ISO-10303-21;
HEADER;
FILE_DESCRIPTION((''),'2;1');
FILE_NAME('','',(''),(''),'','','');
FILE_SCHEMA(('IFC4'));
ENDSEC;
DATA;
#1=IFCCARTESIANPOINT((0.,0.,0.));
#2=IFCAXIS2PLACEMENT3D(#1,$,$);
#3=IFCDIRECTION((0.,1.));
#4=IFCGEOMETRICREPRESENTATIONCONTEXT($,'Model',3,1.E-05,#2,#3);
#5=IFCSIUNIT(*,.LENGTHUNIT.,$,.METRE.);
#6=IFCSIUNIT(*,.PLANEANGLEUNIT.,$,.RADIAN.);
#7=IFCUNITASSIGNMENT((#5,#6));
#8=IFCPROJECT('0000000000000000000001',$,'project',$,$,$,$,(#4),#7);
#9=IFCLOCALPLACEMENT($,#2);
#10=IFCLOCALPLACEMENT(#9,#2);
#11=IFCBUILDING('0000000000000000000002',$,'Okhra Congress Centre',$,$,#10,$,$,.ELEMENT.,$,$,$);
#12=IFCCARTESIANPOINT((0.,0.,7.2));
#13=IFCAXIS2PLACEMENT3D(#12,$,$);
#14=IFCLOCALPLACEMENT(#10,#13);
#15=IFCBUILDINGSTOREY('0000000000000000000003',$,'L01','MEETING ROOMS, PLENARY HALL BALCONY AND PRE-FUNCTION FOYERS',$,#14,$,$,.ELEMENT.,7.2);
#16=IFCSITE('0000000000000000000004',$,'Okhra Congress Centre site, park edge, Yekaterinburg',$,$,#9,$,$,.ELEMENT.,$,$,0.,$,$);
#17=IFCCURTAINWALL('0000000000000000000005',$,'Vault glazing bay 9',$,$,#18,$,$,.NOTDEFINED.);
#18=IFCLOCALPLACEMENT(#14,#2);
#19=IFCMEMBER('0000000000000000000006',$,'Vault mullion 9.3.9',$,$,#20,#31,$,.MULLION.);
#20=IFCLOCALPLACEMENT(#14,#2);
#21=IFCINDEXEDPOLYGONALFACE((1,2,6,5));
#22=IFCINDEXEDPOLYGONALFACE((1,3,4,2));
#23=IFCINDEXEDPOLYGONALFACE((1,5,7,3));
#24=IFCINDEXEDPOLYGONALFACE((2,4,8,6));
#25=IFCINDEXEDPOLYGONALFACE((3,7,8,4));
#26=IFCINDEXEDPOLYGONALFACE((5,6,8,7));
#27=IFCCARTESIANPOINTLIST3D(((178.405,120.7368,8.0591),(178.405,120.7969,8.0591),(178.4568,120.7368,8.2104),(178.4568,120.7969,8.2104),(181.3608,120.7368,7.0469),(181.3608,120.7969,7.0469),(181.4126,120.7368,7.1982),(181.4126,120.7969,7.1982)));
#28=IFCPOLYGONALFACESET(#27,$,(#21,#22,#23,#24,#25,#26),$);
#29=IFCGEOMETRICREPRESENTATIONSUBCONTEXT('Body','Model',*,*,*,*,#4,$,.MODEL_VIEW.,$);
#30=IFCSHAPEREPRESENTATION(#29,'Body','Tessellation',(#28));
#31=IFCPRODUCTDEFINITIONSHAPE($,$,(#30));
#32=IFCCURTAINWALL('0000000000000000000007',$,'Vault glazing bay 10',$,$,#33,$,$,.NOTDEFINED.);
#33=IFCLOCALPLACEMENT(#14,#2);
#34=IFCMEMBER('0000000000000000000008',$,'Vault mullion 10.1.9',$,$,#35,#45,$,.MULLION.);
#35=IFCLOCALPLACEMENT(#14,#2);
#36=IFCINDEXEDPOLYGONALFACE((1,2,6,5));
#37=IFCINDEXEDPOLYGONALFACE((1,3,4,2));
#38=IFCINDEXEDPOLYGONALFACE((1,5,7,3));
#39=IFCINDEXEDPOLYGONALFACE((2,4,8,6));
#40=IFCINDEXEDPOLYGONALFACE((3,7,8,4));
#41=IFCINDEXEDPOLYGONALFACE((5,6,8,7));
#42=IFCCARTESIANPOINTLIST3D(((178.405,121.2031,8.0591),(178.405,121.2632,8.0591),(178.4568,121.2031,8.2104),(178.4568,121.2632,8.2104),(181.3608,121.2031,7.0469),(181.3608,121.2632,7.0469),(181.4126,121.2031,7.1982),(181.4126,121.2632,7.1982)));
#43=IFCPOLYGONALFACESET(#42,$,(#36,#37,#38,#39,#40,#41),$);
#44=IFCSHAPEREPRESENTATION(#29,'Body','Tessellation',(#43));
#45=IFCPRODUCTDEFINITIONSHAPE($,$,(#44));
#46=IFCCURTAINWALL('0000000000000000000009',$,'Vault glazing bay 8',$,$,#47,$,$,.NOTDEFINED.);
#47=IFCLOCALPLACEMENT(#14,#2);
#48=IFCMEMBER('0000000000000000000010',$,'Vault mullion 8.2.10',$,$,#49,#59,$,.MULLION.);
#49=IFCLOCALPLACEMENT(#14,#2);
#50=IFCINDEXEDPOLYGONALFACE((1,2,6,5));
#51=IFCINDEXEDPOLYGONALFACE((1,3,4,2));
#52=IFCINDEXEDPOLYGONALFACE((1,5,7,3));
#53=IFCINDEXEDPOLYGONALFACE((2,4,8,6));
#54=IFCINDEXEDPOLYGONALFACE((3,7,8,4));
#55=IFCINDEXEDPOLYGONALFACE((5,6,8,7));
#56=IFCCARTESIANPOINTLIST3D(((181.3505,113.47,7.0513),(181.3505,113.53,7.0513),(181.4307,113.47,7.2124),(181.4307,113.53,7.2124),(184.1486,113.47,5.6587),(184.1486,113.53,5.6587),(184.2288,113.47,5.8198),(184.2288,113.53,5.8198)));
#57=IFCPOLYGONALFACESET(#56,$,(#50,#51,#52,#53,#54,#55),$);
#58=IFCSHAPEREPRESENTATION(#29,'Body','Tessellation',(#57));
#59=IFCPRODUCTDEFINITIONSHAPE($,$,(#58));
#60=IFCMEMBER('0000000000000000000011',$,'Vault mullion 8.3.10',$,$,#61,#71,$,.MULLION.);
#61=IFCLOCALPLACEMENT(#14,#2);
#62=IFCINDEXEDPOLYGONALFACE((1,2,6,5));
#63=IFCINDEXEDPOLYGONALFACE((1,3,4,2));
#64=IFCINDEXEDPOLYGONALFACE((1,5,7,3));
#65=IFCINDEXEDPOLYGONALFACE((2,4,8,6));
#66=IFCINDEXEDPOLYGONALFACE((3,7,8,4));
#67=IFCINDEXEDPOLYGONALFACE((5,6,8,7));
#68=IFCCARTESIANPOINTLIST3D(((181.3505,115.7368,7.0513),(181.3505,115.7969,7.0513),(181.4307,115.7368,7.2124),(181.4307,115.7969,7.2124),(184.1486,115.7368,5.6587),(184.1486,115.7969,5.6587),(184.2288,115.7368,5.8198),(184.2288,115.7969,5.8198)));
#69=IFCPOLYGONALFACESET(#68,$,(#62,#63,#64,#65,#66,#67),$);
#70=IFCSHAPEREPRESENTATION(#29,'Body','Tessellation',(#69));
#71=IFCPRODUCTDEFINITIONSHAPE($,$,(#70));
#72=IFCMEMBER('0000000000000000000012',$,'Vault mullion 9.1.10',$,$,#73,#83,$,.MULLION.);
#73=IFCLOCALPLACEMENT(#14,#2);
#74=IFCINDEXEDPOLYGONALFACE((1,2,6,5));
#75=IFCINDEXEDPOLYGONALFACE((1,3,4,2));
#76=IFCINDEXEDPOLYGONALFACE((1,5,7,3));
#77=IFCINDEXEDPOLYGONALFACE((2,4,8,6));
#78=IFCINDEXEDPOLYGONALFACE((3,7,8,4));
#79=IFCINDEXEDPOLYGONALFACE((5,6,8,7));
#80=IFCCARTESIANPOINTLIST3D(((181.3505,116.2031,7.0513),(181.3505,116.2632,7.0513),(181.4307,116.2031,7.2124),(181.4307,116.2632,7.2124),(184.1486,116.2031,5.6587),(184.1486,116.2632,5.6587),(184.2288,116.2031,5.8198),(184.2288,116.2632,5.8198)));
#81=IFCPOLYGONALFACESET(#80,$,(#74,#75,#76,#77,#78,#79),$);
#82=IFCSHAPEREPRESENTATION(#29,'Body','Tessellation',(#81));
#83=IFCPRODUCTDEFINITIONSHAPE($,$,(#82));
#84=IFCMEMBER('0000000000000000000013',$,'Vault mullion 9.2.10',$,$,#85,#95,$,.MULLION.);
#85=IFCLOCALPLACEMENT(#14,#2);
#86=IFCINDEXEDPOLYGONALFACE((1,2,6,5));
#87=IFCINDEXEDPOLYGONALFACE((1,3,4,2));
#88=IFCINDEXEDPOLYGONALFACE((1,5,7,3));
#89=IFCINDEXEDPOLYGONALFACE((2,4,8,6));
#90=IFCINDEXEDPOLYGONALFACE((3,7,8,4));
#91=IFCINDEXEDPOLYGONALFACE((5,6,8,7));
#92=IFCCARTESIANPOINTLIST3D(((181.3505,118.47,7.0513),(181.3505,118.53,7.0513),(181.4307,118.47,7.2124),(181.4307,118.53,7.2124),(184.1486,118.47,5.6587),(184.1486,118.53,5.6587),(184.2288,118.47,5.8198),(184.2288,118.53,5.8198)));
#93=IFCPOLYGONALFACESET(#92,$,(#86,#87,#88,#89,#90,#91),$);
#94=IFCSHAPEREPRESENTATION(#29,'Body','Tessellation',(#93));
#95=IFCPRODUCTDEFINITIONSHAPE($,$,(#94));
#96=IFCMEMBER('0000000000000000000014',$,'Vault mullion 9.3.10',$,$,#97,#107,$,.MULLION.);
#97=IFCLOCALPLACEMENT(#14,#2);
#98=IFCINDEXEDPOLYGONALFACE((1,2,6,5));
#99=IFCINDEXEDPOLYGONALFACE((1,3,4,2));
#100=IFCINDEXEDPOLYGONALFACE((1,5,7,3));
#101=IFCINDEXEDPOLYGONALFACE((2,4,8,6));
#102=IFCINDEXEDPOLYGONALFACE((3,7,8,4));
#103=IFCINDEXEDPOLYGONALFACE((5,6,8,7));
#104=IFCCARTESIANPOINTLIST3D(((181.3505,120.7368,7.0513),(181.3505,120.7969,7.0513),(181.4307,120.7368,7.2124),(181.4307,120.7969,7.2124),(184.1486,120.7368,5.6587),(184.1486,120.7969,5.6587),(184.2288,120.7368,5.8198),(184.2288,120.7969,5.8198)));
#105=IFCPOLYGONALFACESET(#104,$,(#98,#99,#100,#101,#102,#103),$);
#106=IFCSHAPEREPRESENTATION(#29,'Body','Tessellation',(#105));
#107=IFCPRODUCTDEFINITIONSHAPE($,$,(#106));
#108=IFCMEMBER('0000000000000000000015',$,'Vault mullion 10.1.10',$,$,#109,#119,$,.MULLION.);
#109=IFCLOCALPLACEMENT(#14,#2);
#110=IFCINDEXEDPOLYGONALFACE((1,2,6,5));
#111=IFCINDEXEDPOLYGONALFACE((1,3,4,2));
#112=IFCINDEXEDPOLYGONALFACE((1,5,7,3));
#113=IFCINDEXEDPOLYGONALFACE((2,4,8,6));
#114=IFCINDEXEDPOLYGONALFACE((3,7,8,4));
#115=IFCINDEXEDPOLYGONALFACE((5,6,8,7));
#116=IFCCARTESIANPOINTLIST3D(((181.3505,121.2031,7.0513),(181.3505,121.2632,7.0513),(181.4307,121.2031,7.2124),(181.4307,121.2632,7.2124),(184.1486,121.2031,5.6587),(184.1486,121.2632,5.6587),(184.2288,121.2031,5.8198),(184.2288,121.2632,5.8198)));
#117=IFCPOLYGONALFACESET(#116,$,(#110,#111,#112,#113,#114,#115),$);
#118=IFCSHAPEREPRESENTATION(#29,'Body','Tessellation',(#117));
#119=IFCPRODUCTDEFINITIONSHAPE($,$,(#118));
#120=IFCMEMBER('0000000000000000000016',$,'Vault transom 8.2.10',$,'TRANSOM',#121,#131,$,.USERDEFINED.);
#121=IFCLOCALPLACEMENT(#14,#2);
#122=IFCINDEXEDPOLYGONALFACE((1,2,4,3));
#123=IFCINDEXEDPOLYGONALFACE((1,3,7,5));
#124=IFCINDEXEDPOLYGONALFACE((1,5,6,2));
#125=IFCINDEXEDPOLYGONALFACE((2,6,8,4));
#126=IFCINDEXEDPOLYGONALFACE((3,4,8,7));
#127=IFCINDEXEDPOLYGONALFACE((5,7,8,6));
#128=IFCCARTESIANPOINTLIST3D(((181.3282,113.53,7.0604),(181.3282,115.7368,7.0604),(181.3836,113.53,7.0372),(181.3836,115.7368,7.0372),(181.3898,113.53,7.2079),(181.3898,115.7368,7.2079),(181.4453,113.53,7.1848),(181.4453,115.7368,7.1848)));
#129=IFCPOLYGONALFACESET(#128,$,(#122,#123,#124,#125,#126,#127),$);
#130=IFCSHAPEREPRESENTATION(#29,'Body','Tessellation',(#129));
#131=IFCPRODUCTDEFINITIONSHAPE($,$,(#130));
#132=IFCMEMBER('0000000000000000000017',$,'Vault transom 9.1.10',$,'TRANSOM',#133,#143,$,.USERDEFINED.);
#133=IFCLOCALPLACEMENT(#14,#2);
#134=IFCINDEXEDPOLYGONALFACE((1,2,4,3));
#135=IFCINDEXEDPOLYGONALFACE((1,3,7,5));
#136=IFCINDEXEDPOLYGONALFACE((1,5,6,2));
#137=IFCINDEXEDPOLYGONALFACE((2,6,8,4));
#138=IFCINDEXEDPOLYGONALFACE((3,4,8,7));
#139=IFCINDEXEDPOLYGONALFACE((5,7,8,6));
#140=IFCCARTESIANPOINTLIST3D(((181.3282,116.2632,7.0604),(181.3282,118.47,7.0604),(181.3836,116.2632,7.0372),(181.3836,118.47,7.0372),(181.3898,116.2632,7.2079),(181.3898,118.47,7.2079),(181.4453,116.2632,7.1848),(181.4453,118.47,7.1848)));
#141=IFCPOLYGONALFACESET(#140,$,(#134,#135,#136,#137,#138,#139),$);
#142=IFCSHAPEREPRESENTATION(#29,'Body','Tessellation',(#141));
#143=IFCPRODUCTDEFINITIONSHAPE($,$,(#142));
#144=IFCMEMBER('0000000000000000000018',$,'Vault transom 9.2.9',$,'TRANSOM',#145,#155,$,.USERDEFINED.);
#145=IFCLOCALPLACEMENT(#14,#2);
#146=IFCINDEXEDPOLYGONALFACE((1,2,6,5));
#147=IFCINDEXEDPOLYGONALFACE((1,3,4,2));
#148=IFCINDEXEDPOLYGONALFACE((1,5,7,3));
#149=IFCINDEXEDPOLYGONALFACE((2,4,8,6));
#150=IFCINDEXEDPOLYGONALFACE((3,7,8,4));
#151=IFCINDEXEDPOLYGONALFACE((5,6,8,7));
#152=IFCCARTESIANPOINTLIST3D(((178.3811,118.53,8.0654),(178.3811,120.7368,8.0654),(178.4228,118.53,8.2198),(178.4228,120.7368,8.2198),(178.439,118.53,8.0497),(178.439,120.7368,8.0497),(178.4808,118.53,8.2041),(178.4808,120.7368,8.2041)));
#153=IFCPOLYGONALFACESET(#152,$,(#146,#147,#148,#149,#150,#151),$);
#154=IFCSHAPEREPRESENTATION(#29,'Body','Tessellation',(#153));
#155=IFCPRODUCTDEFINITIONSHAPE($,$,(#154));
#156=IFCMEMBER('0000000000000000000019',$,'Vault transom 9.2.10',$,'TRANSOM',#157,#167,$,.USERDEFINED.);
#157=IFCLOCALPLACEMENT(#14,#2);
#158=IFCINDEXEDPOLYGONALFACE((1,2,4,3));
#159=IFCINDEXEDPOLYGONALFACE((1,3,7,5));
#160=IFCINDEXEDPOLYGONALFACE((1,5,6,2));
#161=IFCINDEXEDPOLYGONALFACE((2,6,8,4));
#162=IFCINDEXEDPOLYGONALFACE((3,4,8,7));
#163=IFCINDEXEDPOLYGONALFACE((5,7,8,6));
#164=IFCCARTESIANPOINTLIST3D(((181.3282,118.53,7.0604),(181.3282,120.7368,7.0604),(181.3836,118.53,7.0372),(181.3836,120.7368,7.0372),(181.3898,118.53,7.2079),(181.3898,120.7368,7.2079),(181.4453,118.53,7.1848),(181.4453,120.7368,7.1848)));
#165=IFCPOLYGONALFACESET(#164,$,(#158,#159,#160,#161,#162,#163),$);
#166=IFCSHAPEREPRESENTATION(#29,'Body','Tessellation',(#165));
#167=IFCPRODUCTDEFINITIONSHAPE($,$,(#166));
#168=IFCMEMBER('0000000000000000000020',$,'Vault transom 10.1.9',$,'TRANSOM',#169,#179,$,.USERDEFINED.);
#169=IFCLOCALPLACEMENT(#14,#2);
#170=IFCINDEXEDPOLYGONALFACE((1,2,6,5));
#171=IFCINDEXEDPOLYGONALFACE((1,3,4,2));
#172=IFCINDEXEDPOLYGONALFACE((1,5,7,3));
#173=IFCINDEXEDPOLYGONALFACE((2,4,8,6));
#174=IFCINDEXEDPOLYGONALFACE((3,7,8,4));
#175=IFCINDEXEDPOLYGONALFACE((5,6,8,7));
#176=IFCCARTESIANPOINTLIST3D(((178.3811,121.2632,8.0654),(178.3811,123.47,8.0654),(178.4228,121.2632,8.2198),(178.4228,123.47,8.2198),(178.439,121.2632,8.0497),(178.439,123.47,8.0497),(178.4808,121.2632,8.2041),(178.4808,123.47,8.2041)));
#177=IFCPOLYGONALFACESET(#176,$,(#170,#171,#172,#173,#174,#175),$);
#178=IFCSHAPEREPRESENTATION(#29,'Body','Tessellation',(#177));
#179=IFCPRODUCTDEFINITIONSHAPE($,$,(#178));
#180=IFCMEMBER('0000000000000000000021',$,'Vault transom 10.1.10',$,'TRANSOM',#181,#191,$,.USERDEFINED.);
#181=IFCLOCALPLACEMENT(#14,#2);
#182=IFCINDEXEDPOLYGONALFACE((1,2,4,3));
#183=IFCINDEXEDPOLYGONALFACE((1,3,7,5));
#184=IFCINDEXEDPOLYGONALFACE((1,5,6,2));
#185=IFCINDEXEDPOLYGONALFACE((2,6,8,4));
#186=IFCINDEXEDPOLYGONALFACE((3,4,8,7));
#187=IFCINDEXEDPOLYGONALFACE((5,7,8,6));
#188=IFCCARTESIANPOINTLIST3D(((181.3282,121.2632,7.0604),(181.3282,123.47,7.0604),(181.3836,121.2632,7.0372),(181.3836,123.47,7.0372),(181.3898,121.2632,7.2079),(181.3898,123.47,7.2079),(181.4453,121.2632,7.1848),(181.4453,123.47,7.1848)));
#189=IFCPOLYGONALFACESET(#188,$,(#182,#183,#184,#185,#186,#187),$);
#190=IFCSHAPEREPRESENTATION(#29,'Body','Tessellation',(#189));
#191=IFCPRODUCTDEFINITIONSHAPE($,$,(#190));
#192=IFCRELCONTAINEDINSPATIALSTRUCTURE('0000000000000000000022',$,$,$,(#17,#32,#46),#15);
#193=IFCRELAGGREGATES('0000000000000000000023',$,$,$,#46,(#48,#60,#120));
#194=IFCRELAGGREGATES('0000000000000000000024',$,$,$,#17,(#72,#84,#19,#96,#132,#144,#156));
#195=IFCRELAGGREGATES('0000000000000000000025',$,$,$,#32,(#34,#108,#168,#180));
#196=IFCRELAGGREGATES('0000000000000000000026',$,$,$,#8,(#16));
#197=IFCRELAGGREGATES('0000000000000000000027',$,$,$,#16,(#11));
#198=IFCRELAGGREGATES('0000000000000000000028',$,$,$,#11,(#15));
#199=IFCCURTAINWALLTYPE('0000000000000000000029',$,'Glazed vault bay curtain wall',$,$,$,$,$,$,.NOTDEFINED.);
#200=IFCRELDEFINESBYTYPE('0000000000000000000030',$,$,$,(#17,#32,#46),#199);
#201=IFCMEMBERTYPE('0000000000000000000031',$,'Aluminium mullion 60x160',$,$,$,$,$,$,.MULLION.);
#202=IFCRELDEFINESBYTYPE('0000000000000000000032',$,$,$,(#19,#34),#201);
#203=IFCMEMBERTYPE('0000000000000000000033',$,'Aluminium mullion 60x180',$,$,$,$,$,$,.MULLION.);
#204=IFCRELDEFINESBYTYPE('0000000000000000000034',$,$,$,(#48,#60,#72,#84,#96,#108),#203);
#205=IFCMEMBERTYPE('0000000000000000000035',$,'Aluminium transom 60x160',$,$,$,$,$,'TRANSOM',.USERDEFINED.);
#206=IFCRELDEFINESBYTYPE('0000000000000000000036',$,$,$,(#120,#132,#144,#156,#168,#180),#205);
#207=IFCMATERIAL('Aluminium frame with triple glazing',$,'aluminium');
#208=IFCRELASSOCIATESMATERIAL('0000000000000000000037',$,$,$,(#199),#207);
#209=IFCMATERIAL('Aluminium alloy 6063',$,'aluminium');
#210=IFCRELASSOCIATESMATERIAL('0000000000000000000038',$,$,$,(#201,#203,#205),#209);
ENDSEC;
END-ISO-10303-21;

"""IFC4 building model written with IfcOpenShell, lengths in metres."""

from ifc_helpers import new_model, si_unit, direction, frame, origin, origin_2d, place, context, subcontext, project, spatial, rectangle, extrude, material, material_profile, profile_set, type_object, element, aggregate, save


model = new_model("IFC4")

# Units and contexts
model_context = context("Model", 3, precision=1e-05, world=origin(), true_north=direction((0.0, 1.0)))
body_context = subcontext(model_context, "Body", "Model", "MODEL_VIEW")
ifc_project = project(units=[si_unit("LENGTHUNIT", "METRE"), si_unit("PLANEANGLEUNIT", "RADIAN")], contexts=[model_context])

# Site, building, storey
site_placement = place(None, origin())
site = spatial("IfcSite", under=ifc_project, at=site_placement, Name="Okhra Congress Centre site, park edge, Yekaterinburg", CompositionType="ELEMENT", RefElevation=0.0)
building_placement = place(site_placement, origin())
building = spatial("IfcBuilding", under=site, at=building_placement, Name="Okhra Congress Centre", CompositionType="ELEMENT")
storey_placement = place(building_placement, frame((0.0, 0.0, 7.2)))
storey = spatial("IfcBuildingStorey", under=building, at=storey_placement, Name="L01", Description="MEETING ROOMS, PLENARY HALL BALCONY AND PRE-FUNCTION FOYERS", CompositionType="ELEMENT", Elevation=7.2)

# Curtain walls, members
ifc_material_1 = material(Name="Aluminium frame with triple glazing", Category="aluminium")
curtain_wall_type = type_object("IfcCurtainWallType", Name="Glazed vault bay curtain wall", PredefinedType="NOTDEFINED", material=ifc_material_1)
curtain_wall_1_placement = place(storey_placement, origin())
curtain_wall_1 = element("IfcCurtainWall", 1, at=curtain_wall_1_placement, inside=storey, type_object=curtain_wall_type, Name="Vault glazing bay 9", PredefinedType="NOTDEFINED")
ifc_material_2 = material(Name="Aluminium alloy 6063", Category="aluminium")
ifc_material_profile_1 = material_profile(ifc_material_2, rectangle(XDim=0.0601, YDim=0.1599, at=origin_2d()), Name="AL 60x160")
ifc_profile_set_1 = profile_set([ifc_material_profile_1], Name="Aluminium alloy 6063")
member_type_1 = type_object("IfcMemberType", Name="Aluminium mullion 60x160", PredefinedType="MULLION", material=ifc_profile_set_1)
member_1_placement = place(storey_placement, frame((178.4309, 120.7668, 8.1348), z_axis=(0.946065, 0.0, -0.323977), x_axis=(0.0, 1.0, 0.0)))
member_1 = element("IfcMember", 2, at=member_1_placement, type_object=member_type_1, Name="Vault mullion 9.3.9", PredefinedType="MULLION", context=body_context, shape_type="SweptSolid", body=[
    extrude(rectangle(XDim=0.0601, YDim=0.1599, at=origin_2d()), origin(), (0.0, 0.0, 1.0), 3.1243),
])
curtain_wall_2_placement = place(storey_placement, origin())
curtain_wall_2 = element("IfcCurtainWall", 3, at=curtain_wall_2_placement, inside=storey, type_object=curtain_wall_type, Name="Vault glazing bay 10", PredefinedType="NOTDEFINED")
member_2_placement = place(storey_placement, frame((178.4309, 121.2332, 8.1348), z_axis=(0.946065, 0.0, -0.323977), x_axis=(0.0, 1.0, 0.0)))
member_2 = element("IfcMember", 4, at=member_2_placement, type_object=member_type_1, Name="Vault mullion 10.1.9", PredefinedType="MULLION", context=body_context, shape_type="SweptSolid", body=[
    extrude(rectangle(XDim=0.0601, YDim=0.1599, at=origin_2d()), origin(), (0.0, 0.0, 1.0), 3.1243),
])

# Curtain wall, members
curtain_wall_3_placement = place(storey_placement, origin())
curtain_wall_3 = element("IfcCurtainWall", 5, at=curtain_wall_3_placement, inside=storey, type_object=curtain_wall_type, Name="Vault glazing bay 8", PredefinedType="NOTDEFINED")
ifc_material_profile_2 = material_profile(ifc_material_2, rectangle(XDim=0.0601, YDim=0.1799, at=origin_2d()), Name="AL 60x180")
ifc_profile_set_2 = profile_set([ifc_material_profile_2], Name="Aluminium alloy 6063")
member_type_2 = type_object("IfcMemberType", Name="Aluminium mullion 60x180", PredefinedType="MULLION", material=ifc_profile_set_2)
member_3_placement = place(storey_placement, frame((181.3906, 113.5, 7.1318), z_axis=(0.895254, 0.0, -0.445557), x_axis=(0.0, 1.0, 0.0)))
member_3 = element("IfcMember", 6, at=member_3_placement, type_object=member_type_2, Name="Vault mullion 8.2.10", PredefinedType="MULLION", context=body_context, shape_type="SweptSolid", body=[
    extrude(rectangle(XDim=0.0601, YDim=0.1799, at=origin_2d()), origin(), (0.0, 0.0, 1.0), 3.1255),
])
member_4_placement = place(storey_placement, frame((181.3906, 115.7668, 7.1318), z_axis=(0.895254, 0.0, -0.445557), x_axis=(0.0, 1.0, 0.0)))
member_4 = element("IfcMember", 7, at=member_4_placement, type_object=member_type_2, Name="Vault mullion 8.3.10", PredefinedType="MULLION", context=body_context, shape_type="SweptSolid", body=[
    extrude(rectangle(XDim=0.0601, YDim=0.1799, at=origin_2d()), origin(), (0.0, 0.0, 1.0), 3.1255),
])

# Members
member_5_placement = place(storey_placement, frame((181.3906, 116.2332, 7.1318), z_axis=(0.895254, 0.0, -0.445557), x_axis=(0.0, 1.0, 0.0)))
member_5 = element("IfcMember", 8, at=member_5_placement, type_object=member_type_2, Name="Vault mullion 9.1.10", PredefinedType="MULLION", context=body_context, shape_type="SweptSolid", body=[
    extrude(rectangle(XDim=0.0601, YDim=0.1799, at=origin_2d()), origin(), (0.0, 0.0, 1.0), 3.1255),
])
member_6_placement = place(storey_placement, frame((181.3906, 118.5, 7.1318), z_axis=(0.895254, 0.0, -0.445557), x_axis=(0.0, 1.0, 0.0)))
member_6 = element("IfcMember", 9, at=member_6_placement, type_object=member_type_2, Name="Vault mullion 9.2.10", PredefinedType="MULLION", context=body_context, shape_type="SweptSolid", body=[
    extrude(rectangle(XDim=0.0601, YDim=0.1799, at=origin_2d()), origin(), (0.0, 0.0, 1.0), 3.1255),
])
member_7_placement = place(storey_placement, frame((181.3906, 120.7668, 7.1318), z_axis=(0.895254, 0.0, -0.445557), x_axis=(0.0, 1.0, 0.0)))
member_7 = element("IfcMember", 10, at=member_7_placement, type_object=member_type_2, Name="Vault mullion 9.3.10", PredefinedType="MULLION", context=body_context, shape_type="SweptSolid", body=[
    extrude(rectangle(XDim=0.0601, YDim=0.1799, at=origin_2d()), origin(), (0.0, 0.0, 1.0), 3.1255),
])
member_8_placement = place(storey_placement, frame((181.3906, 121.2332, 7.1318), z_axis=(0.895254, 0.0, -0.445557), x_axis=(0.0, 1.0, 0.0)))
member_8 = element("IfcMember", 11, at=member_8_placement, type_object=member_type_2, Name="Vault mullion 10.1.10", PredefinedType="MULLION", context=body_context, shape_type="SweptSolid", body=[
    extrude(rectangle(XDim=0.0601, YDim=0.1799, at=origin_2d()), origin(), (0.0, 0.0, 1.0), 3.1255),
])
ifc_material_profile_3 = material_profile(ifc_material_2, rectangle(XDim=0.0601, YDim=0.1599, at=origin_2d()), Name="AL 60x160 transom")
ifc_profile_set_3 = profile_set([ifc_material_profile_3], Name="Aluminium alloy 6063")
member_type_3 = type_object("IfcMemberType", Name="Aluminium transom 60x160", ElementType="TRANSOM", PredefinedType="USERDEFINED", material=ifc_profile_set_3)
member_9_placement = place(storey_placement, frame((181.3867, 113.53, 7.1226), z_axis=(0.0, 1.0, 0.0), x_axis=(-0.922669, 0.0, 0.385593)))
member_9 = element("IfcMember", 12, at=member_9_placement, type_object=member_type_3, Name="Vault transom 8.2.10", ObjectType="TRANSOM", PredefinedType="USERDEFINED", context=body_context, shape_type="SweptSolid", body=[
    extrude(rectangle(XDim=0.0601, YDim=0.1599, at=origin_2d()), origin(), (0.0, 0.0, 1.0), 2.2068),
])
member_10_placement = place(storey_placement, frame((181.3867, 116.2632, 7.1226), z_axis=(0.0, 1.0, 0.0), x_axis=(-0.922669, 0.0, 0.385593)))
member_10 = element("IfcMember", 13, at=member_10_placement, type_object=member_type_3, Name="Vault transom 9.1.10", ObjectType="TRANSOM", PredefinedType="USERDEFINED", context=body_context, shape_type="SweptSolid", body=[
    extrude(rectangle(XDim=0.0601, YDim=0.1599, at=origin_2d()), origin(), (0.0, 0.0, 1.0), 2.2068),
])
member_11_placement = place(storey_placement, frame((178.4309, 118.53, 8.1348), z_axis=(0.0, 1.0, 0.0), x_axis=(-0.96538, 0.0, 0.260848)))
member_11 = element("IfcMember", 14, at=member_11_placement, type_object=member_type_3, Name="Vault transom 9.2.9", ObjectType="TRANSOM", PredefinedType="USERDEFINED", context=body_context, shape_type="SweptSolid", body=[
    extrude(rectangle(XDim=0.0601, YDim=0.1599, at=origin_2d()), origin(), (0.0, 0.0, 1.0), 2.2068),
])
member_12_placement = place(storey_placement, frame((181.3867, 118.53, 7.1226), z_axis=(0.0, 1.0, 0.0), x_axis=(-0.922669, 0.0, 0.385593)))
member_12 = element("IfcMember", 15, at=member_12_placement, type_object=member_type_3, Name="Vault transom 9.2.10", ObjectType="TRANSOM", PredefinedType="USERDEFINED", context=body_context, shape_type="SweptSolid", body=[
    extrude(rectangle(XDim=0.0601, YDim=0.1599, at=origin_2d()), origin(), (0.0, 0.0, 1.0), 2.2068),
])
member_13_placement = place(storey_placement, frame((178.4309, 121.2632, 8.1348), z_axis=(0.0, 1.0, 0.0), x_axis=(-0.96538, 0.0, 0.260848)))
member_13 = element("IfcMember", 16, at=member_13_placement, type_object=member_type_3, Name="Vault transom 10.1.9", ObjectType="TRANSOM", PredefinedType="USERDEFINED", context=body_context, shape_type="SweptSolid", body=[
    extrude(rectangle(XDim=0.0601, YDim=0.1599, at=origin_2d()), origin(), (0.0, 0.0, 1.0), 2.2068),
])
member_14_placement = place(storey_placement, frame((181.3867, 121.2632, 7.1226), z_axis=(0.0, 1.0, 0.0), x_axis=(-0.922669, 0.0, 0.385593)))
member_14 = element("IfcMember", 17, at=member_14_placement, type_object=member_type_3, Name="Vault transom 10.1.10", ObjectType="TRANSOM", PredefinedType="USERDEFINED", context=body_context, shape_type="SweptSolid", body=[
    extrude(rectangle(XDim=0.0601, YDim=0.1599, at=origin_2d()), origin(), (0.0, 0.0, 1.0), 2.2068),
])

aggregate(curtain_wall_3, [member_3, member_4, member_9])
aggregate(curtain_wall_1, [member_5, member_6, member_1, member_7, member_10, member_11, member_12])
aggregate(curtain_wall_2, [member_2, member_8, member_13, member_14])

save(model, "model.ifc")
